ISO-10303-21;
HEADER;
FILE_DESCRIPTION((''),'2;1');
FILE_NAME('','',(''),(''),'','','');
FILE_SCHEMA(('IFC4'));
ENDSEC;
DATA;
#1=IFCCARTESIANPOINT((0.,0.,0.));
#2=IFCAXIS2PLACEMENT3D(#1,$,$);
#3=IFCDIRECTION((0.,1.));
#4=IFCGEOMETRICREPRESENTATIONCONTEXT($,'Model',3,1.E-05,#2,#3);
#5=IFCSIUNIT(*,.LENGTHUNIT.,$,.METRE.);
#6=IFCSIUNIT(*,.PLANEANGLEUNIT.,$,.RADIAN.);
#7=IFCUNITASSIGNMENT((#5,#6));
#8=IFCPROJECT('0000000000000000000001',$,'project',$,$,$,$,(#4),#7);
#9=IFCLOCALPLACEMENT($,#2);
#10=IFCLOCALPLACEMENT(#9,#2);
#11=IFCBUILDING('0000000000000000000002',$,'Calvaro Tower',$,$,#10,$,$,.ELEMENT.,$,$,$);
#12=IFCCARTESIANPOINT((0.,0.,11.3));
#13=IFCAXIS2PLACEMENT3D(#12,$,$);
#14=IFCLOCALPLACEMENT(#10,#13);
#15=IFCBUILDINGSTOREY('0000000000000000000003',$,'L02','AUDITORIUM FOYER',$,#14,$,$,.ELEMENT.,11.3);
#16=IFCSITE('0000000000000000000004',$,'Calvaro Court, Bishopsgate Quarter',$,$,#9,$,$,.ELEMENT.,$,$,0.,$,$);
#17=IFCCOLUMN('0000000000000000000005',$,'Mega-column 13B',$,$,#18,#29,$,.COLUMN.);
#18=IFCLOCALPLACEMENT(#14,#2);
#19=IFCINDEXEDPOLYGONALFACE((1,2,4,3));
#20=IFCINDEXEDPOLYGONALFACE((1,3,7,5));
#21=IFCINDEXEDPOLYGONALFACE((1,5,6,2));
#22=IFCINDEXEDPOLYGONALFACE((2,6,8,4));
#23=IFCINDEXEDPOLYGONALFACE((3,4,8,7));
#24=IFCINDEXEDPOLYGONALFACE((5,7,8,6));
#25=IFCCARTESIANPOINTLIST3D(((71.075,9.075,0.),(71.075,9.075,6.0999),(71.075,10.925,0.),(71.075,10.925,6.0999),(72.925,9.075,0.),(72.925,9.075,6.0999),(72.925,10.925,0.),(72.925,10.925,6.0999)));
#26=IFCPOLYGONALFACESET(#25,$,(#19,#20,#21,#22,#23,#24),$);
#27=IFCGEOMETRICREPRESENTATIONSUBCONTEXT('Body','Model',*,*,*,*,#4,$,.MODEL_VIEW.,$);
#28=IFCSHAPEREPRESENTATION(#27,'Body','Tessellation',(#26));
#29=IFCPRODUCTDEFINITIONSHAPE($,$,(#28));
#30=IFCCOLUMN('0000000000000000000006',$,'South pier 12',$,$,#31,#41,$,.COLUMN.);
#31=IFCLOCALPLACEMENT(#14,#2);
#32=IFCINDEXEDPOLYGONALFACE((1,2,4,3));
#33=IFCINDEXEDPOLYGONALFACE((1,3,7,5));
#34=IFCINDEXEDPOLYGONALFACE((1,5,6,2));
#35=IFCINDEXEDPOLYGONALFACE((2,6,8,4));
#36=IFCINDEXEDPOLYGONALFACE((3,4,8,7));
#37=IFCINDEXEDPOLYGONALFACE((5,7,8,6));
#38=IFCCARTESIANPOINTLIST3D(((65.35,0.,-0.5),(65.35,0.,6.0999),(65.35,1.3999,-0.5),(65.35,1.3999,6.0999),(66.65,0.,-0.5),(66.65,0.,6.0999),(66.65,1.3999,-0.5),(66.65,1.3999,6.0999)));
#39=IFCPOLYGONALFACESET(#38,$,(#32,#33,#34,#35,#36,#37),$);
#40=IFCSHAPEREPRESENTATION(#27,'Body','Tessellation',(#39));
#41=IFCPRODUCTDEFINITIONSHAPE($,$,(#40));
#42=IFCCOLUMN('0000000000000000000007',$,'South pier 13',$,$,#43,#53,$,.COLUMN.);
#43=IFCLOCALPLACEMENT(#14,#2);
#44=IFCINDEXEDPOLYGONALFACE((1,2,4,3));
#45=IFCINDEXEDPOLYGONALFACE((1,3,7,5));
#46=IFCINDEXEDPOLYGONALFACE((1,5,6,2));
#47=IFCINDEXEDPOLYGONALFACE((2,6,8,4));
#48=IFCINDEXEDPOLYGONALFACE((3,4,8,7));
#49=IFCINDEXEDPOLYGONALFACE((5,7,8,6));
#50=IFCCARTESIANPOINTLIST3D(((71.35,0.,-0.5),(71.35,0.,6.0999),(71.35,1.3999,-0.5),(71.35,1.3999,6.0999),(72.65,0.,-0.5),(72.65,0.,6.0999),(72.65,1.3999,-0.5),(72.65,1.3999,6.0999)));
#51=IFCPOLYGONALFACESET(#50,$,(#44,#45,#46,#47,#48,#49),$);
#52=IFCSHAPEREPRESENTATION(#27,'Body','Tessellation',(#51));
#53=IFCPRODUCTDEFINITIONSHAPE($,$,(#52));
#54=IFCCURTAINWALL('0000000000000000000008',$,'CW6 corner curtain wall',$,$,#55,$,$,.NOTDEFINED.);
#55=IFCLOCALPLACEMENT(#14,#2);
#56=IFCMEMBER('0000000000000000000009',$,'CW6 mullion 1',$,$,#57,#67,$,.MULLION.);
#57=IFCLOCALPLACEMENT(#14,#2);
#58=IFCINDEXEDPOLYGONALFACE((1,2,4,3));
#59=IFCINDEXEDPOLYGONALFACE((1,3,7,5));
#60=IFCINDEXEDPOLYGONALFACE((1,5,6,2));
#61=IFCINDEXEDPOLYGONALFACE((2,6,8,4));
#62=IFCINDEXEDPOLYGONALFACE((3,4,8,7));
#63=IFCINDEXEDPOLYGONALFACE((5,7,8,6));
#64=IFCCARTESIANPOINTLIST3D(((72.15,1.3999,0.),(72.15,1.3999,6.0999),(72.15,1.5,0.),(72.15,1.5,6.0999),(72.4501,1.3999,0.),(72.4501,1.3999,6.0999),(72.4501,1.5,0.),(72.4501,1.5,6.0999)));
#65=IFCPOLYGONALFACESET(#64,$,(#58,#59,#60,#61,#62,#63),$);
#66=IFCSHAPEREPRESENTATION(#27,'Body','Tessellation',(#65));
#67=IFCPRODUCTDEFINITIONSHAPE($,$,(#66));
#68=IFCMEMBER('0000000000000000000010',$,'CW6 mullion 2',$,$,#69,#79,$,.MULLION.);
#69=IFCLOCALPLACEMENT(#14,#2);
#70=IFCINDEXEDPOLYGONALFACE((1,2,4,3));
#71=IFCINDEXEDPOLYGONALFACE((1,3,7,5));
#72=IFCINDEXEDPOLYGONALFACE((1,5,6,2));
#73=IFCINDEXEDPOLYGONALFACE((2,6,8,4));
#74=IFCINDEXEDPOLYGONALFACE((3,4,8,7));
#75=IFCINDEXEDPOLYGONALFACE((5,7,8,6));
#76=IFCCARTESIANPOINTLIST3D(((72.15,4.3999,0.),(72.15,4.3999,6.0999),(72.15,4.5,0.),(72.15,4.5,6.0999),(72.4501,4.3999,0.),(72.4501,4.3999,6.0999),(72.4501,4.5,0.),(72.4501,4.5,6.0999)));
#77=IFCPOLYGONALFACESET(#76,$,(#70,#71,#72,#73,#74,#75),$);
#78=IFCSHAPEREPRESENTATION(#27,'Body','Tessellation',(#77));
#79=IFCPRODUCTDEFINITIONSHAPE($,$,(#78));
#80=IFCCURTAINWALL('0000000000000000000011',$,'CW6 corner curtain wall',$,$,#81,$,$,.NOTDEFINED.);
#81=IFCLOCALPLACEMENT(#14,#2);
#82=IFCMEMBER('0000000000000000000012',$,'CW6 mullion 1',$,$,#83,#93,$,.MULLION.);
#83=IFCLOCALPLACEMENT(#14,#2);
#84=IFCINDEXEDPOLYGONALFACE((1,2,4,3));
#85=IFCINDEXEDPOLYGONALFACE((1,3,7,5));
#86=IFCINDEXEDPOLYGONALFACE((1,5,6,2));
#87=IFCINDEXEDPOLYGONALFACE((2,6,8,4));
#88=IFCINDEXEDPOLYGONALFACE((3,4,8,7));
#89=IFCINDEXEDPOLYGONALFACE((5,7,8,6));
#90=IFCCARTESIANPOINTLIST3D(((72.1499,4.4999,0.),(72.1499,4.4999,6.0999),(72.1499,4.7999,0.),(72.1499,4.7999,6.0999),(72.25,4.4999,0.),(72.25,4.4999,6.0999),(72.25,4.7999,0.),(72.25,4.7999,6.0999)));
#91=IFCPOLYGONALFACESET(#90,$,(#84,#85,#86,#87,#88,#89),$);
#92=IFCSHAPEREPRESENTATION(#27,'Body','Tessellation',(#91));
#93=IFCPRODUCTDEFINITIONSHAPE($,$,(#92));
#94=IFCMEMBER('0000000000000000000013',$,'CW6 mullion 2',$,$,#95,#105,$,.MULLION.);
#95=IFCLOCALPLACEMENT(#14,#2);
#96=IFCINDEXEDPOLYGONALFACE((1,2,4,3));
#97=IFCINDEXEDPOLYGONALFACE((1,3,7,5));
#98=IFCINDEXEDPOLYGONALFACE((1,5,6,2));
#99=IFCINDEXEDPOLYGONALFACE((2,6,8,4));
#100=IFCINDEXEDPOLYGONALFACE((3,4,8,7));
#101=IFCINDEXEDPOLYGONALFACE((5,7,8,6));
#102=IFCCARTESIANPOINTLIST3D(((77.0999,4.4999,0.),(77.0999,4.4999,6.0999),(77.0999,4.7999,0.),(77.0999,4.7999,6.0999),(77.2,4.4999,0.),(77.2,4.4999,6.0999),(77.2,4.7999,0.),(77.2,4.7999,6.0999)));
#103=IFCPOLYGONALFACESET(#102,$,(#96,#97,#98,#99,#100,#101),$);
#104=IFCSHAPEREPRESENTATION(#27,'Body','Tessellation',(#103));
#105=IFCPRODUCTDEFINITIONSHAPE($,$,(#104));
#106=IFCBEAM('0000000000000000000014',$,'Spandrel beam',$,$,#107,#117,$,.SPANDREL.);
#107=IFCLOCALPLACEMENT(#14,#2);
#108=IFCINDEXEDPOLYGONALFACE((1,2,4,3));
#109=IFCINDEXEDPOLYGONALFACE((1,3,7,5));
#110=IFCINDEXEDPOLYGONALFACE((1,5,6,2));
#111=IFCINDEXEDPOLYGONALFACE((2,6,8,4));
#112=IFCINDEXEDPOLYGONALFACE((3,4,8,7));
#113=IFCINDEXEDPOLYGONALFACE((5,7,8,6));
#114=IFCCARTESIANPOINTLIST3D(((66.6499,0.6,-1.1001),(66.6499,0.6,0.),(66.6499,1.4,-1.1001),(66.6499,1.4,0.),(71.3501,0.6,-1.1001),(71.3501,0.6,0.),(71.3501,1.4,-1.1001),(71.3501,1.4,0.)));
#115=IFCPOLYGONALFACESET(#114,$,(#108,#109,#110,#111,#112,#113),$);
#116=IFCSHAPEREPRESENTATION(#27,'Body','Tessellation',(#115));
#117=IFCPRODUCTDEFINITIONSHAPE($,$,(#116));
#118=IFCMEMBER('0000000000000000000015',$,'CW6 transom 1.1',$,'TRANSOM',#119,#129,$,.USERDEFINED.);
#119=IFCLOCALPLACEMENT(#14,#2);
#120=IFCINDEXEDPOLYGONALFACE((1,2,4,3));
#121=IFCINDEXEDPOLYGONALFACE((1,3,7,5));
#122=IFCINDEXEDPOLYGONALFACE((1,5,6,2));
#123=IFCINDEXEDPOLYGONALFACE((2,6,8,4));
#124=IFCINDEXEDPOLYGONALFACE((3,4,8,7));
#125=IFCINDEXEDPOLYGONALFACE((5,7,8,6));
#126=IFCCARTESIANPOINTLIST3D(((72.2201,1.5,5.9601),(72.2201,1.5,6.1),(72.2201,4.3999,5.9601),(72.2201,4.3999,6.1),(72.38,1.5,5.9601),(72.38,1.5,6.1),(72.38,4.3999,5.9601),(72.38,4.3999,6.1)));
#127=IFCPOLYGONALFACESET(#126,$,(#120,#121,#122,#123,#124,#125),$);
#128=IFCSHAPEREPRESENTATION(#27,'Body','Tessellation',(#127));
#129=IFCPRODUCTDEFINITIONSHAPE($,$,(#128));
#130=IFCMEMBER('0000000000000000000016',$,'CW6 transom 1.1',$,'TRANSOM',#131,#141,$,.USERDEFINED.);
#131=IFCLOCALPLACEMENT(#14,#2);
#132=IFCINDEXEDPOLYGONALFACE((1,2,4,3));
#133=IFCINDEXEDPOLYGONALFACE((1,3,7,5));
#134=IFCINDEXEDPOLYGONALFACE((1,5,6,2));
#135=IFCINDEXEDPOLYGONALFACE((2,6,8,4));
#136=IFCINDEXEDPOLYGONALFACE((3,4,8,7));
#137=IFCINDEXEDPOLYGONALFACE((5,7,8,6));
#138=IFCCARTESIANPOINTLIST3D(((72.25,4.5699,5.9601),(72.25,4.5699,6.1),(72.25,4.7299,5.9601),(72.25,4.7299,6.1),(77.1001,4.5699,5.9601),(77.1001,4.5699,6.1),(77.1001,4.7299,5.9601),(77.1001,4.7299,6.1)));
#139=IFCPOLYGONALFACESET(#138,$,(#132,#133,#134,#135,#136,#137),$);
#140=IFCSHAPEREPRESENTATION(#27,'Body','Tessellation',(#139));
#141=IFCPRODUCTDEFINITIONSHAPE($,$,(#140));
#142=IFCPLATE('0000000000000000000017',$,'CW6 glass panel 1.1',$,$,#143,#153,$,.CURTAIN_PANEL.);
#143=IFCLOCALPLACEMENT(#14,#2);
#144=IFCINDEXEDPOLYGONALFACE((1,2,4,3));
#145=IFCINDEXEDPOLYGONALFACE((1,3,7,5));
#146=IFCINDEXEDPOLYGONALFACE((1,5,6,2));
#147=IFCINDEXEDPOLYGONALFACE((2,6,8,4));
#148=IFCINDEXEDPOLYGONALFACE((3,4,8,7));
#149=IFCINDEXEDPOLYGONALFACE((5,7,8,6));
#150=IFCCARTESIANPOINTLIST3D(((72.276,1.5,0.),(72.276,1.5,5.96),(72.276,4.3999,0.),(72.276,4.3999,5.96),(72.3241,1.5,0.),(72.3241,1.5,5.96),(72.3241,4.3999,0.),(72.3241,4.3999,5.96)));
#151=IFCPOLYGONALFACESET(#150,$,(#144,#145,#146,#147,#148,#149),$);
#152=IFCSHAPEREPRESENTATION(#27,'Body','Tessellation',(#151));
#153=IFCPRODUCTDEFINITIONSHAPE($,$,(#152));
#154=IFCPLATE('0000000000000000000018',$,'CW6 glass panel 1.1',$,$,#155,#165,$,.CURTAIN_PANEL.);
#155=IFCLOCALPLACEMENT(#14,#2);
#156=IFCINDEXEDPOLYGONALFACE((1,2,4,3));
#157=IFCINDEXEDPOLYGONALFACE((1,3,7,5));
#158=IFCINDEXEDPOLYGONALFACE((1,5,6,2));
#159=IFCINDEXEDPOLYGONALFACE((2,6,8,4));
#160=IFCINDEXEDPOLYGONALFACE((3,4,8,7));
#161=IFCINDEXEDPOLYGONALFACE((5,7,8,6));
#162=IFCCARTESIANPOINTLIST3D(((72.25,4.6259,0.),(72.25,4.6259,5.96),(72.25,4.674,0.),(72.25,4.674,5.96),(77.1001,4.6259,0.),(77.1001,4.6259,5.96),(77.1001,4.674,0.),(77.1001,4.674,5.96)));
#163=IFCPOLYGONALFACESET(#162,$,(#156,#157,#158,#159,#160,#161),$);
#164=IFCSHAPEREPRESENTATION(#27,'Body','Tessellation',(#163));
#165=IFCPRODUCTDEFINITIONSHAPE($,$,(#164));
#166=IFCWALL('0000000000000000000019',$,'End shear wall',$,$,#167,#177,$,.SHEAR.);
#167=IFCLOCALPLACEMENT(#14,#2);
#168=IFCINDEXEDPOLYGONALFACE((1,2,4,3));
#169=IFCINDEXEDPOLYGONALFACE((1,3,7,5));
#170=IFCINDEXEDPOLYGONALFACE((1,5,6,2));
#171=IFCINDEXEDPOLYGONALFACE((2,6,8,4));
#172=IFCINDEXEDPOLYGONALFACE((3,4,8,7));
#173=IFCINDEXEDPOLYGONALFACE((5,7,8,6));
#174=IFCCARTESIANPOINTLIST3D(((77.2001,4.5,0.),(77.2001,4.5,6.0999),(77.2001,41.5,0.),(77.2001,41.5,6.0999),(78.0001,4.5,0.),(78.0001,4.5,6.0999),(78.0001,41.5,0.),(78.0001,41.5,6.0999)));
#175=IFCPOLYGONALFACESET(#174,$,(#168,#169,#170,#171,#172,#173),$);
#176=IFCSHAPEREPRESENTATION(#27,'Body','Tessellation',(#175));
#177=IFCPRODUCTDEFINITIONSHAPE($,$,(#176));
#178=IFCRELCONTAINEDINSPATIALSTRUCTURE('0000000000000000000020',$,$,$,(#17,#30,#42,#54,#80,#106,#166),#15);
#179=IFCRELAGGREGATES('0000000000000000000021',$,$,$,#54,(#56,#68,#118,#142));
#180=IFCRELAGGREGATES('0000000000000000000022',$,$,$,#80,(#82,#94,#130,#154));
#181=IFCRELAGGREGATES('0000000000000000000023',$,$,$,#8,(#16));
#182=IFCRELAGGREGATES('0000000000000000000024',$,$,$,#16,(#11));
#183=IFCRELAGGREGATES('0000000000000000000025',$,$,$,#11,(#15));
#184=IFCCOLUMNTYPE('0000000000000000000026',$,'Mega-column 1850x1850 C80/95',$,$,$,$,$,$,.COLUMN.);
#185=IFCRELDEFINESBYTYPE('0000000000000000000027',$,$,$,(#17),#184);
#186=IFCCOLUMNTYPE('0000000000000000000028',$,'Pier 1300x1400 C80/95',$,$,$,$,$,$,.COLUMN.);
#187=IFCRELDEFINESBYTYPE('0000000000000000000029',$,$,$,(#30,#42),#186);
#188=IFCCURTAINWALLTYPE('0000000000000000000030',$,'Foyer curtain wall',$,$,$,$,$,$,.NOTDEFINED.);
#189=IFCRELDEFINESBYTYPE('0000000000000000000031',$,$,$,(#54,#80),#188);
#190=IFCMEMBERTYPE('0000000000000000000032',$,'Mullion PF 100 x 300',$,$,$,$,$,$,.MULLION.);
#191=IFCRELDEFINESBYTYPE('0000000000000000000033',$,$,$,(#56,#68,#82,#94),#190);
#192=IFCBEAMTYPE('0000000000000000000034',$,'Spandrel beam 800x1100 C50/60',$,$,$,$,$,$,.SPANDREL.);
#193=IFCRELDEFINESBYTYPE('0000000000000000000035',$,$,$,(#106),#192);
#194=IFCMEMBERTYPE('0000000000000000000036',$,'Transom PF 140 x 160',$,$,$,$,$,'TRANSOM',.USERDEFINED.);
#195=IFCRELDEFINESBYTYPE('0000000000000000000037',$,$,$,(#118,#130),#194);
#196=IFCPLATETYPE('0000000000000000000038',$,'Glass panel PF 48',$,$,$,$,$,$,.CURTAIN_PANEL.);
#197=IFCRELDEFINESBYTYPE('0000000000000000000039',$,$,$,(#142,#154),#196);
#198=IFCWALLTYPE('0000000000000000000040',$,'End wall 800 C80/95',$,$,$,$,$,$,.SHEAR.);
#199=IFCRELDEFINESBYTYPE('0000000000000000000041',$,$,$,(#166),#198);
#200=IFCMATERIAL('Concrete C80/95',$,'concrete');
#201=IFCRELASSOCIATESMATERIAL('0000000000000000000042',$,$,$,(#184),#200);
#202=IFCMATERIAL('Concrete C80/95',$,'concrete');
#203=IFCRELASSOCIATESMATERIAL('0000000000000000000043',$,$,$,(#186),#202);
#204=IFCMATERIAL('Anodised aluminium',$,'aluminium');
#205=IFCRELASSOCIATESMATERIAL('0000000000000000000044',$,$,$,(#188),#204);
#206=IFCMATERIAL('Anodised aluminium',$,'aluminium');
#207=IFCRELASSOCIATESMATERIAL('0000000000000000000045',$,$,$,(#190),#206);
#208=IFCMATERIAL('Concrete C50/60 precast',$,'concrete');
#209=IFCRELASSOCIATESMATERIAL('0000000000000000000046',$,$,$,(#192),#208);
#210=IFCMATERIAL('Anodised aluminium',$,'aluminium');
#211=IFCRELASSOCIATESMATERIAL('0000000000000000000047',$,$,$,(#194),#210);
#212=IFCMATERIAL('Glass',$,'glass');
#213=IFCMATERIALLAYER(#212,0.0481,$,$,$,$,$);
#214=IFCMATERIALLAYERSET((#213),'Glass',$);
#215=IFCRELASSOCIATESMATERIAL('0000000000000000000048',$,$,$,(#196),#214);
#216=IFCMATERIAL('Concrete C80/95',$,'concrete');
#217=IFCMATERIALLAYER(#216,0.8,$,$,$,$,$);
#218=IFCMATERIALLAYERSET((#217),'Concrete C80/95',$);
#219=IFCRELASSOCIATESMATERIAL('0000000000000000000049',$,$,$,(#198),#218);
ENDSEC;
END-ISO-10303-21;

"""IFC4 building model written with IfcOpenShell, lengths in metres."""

from ifc_helpers import new_model, si_unit, direction, frame, frame_2d, origin, origin_2d, place, context, subcontext, project, spatial, rectangle, extrude, material, layer, layer_set, material_profile, profile_set, type_object, element, aggregate, save


model = new_model("IFC4")

# Units and contexts
model_context = context("Model", 3, precision=1e-05, world=origin(), true_north=direction((0.0, 1.0)))
body_context = subcontext(model_context, "Body", "Model", "MODEL_VIEW")
ifc_project = project(units=[si_unit("LENGTHUNIT", "METRE"), si_unit("PLANEANGLEUNIT", "RADIAN")], contexts=[model_context])

# Site, building, storey
site_placement = place(None, origin())
site = spatial("IfcSite", under=ifc_project, at=site_placement, Name="Calvaro Court, Bishopsgate Quarter", CompositionType="ELEMENT", RefElevation=0.0)
building_placement = place(site_placement, origin())
building = spatial("IfcBuilding", under=site, at=building_placement, Name="Calvaro Tower", CompositionType="ELEMENT")
storey_placement = place(building_placement, frame((0.0, 0.0, 11.3)))
storey = spatial("IfcBuildingStorey", under=building, at=storey_placement, Name="L02", Description="AUDITORIUM FOYER", CompositionType="ELEMENT", Elevation=11.3)

# Columns
ifc_material_1 = material(Name="Concrete C80/95", Category="concrete")
ifc_material_profile_1 = material_profile(ifc_material_1, rectangle(XDim=1.8501, YDim=1.8501, at=origin_2d()), Name="RC 1850x1850")
ifc_profile_set_1 = profile_set([ifc_material_profile_1], Name="Concrete C80/95")
column_type_1 = type_object("IfcColumnType", Name="Mega-column 1850x1850 C80/95", PredefinedType="COLUMN", material=ifc_profile_set_1)
column_placement = place(storey_placement, frame((72.0, 10.0, 0.0), z_axis=(0.0, 0.0, 1.0), x_axis=(1.0, 0.0, 0.0)))
element("IfcColumn", 1, at=column_placement, inside=storey, type_object=column_type_1, Name="Mega-column 13B", PredefinedType="COLUMN", context=body_context, shape_type="SweptSolid", body=[
    extrude(rectangle(XDim=1.8501, YDim=1.8501, at=origin_2d()), origin(), (0.0, 0.0, 1.0), 6.0999),
])
ifc_material_2 = material(Name="Concrete C80/95", Category="concrete")
ifc_material_profile_2 = material_profile(ifc_material_2, rectangle(XDim=1.3, YDim=1.3999, at=origin_2d()), Name="RC 1300x1400")
ifc_profile_set_2 = profile_set([ifc_material_profile_2], Name="Concrete C80/95")
column_type_2 = type_object("IfcColumnType", Name="Pier 1300x1400 C80/95", PredefinedType="COLUMN", material=ifc_profile_set_2)
for number, where, z_axis, x_axis, name in (
    (2, (66.0, 0.7, -0.5), (0.0, 0.0, 1.0), (1.0, 0.0, 0.0), "South pier 12"),
    (3, (72.0, 0.7, -0.5), (0.0, 0.0, 1.0), (1.0, 0.0, 0.0), "South pier 13"),
):
    element("IfcColumn", number, at=place(storey_placement, frame(where, z_axis=z_axis, x_axis=x_axis)), inside=storey, type_object=column_type_2, Name=name, PredefinedType="COLUMN", context=body_context, shape_type="SweptSolid", body=[
        extrude(rectangle(XDim=1.3, YDim=1.3999, at=origin_2d()), origin(), (0.0, 0.0, 1.0), 6.5999),
    ])

# Curtain walls, members
ifc_material_3 = material(Name="Anodised aluminium", Category="aluminium")
curtain_wall_type = type_object("IfcCurtainWallType", Name="Foyer curtain wall", PredefinedType="NOTDEFINED", material=ifc_material_3)
curtain_wall_1_placement = place(storey_placement, origin())
curtain_wall_1 = element("IfcCurtainWall", 4, at=curtain_wall_1_placement, inside=storey, type_object=curtain_wall_type, Name="CW6 corner curtain wall", PredefinedType="NOTDEFINED")
ifc_material_4 = material(Name="Anodised aluminium", Category="aluminium")
ifc_material_profile_3 = material_profile(ifc_material_4, rectangle(XDim=0.3, YDim=0.1001, at=origin_2d()), Name="Mullion PF 100 x 300")
ifc_profile_set_3 = profile_set([ifc_material_profile_3], Name="Anodised aluminium")
member_type_1 = type_object("IfcMemberType", Name="Mullion PF 100 x 300", PredefinedType="MULLION", material=ifc_profile_set_3)
member_1_placement = place(storey_placement, frame((72.3, 1.45, 0.0), z_axis=(0.0, 0.0, 1.0), x_axis=(-1.0, 0.0, 0.0)))
member_1 = element("IfcMember", 5, at=member_1_placement, type_object=member_type_1, Name="CW6 mullion 1", PredefinedType="MULLION", context=body_context, shape_type="SweptSolid", body=[
    extrude(rectangle(XDim=0.3, YDim=0.1001, at=origin_2d()), origin(), (0.0, 0.0, 1.0), 6.0999),
])
member_2_placement = place(storey_placement, frame((72.3, 4.45, 0.0), z_axis=(0.0, 0.0, 1.0), x_axis=(-1.0, 0.0, 0.0)))
member_2 = element("IfcMember", 6, at=member_2_placement, type_object=member_type_1, Name="CW6 mullion 2", PredefinedType="MULLION", context=body_context, shape_type="SweptSolid", body=[
    extrude(rectangle(XDim=0.3, YDim=0.1001, at=origin_2d()), origin(), (0.0, 0.0, 1.0), 6.0999),
])
curtain_wall_2_placement = place(storey_placement, origin())
curtain_wall_2 = element("IfcCurtainWall", 7, at=curtain_wall_2_placement, inside=storey, type_object=curtain_wall_type, Name="CW6 corner curtain wall", PredefinedType="NOTDEFINED")
member_3_placement = place(storey_placement, frame((72.2, 4.6499, 0.0), z_axis=(0.0, 0.0, 1.0), x_axis=(0.0, 1.0, 0.0)))
member_3 = element("IfcMember", 8, at=member_3_placement, type_object=member_type_1, Name="CW6 mullion 1", PredefinedType="MULLION", context=body_context, shape_type="SweptSolid", body=[
    extrude(rectangle(XDim=0.3, YDim=0.1001, at=origin_2d()), origin(), (0.0, 0.0, 1.0), 6.0999),
])
member_4_placement = place(storey_placement, frame((77.1499, 4.6499, 0.0), z_axis=(0.0, 0.0, 1.0), x_axis=(0.0, 1.0, 0.0)))
member_4 = element("IfcMember", 9, at=member_4_placement, type_object=member_type_1, Name="CW6 mullion 2", PredefinedType="MULLION", context=body_context, shape_type="SweptSolid", body=[
    extrude(rectangle(XDim=0.3, YDim=0.1001, at=origin_2d()), origin(), (0.0, 0.0, 1.0), 6.0999),
])

# Beam
ifc_material_5 = material(Name="Concrete C50/60 precast", Category="concrete")
ifc_material_profile_4 = material_profile(ifc_material_5, rectangle(XDim=0.8, YDim=1.1001, at=origin_2d()), Name="RC 800x1100")
ifc_profile_set_4 = profile_set([ifc_material_profile_4], Name="Concrete C50/60 precast")
beam_type = type_object("IfcBeamType", Name="Spandrel beam 800x1100 C50/60", PredefinedType="SPANDREL", material=ifc_profile_set_4)
beam_placement = place(storey_placement, frame((66.6499, 1.0, -0.55), z_axis=(1.0, 0.0, 0.0), x_axis=(0.0, 1.0, 0.0)))
element("IfcBeam", 10, at=beam_placement, inside=storey, type_object=beam_type, Name="Spandrel beam", PredefinedType="SPANDREL", context=body_context, shape_type="SweptSolid", body=[
    extrude(rectangle(XDim=0.8, YDim=1.1001, at=origin_2d()), origin(), (0.0, 0.0, 1.0), 4.7002),
])

# Members
ifc_material_6 = material(Name="Anodised aluminium", Category="aluminium")
ifc_material_profile_5 = material_profile(ifc_material_6, rectangle(XDim=0.1599, YDim=0.1399, at=origin_2d()), Name="Transom PF 140 x 160")
ifc_profile_set_5 = profile_set([ifc_material_profile_5], Name="Anodised aluminium")
member_type_2 = type_object("IfcMemberType", Name="Transom PF 140 x 160", ElementType="TRANSOM", PredefinedType="USERDEFINED", material=ifc_profile_set_5)
member_5_placement = place(storey_placement, frame((72.3, 1.5, 6.03), z_axis=(0.0, 1.0, 0.0), x_axis=(-1.0, 0.0, 0.0)))
member_5 = element("IfcMember", 11, at=member_5_placement, type_object=member_type_2, Name="CW6 transom 1.1", ObjectType="TRANSOM", PredefinedType="USERDEFINED", context=body_context, shape_type="SweptSolid", body=[
    extrude(rectangle(XDim=0.1599, YDim=0.1399, at=origin_2d()), origin(), (0.0, 0.0, 1.0), 2.8999),
])
member_6_placement = place(storey_placement, frame((72.25, 4.6499, 6.03), z_axis=(1.0, 0.0, 0.0), x_axis=(0.0, 1.0, 0.0)))
member_6 = element("IfcMember", 12, at=member_6_placement, type_object=member_type_2, Name="CW6 transom 1.1", ObjectType="TRANSOM", PredefinedType="USERDEFINED", context=body_context, shape_type="SweptSolid", body=[
    extrude(rectangle(XDim=0.1599, YDim=0.1399, at=origin_2d()), origin(), (0.0, 0.0, 1.0), 4.8501),
])

# Plates
ifc_material_7 = material(Name="Glass", Category="glass")
ifc_layer_1 = layer(ifc_material_7, 0.0481)
ifc_layer_set_1 = layer_set([ifc_layer_1], Name="Glass")
plate_type = type_object("IfcPlateType", Name="Glass panel PF 48", PredefinedType="CURTAIN_PANEL", material=ifc_layer_set_1)
plate_1_placement = place(storey_placement, frame((72.3, 2.95, 0.0), z_axis=(0.0, 0.0, 1.0), x_axis=(0.0, 1.0, 0.0)))
plate_1 = element("IfcPlate", 13, at=plate_1_placement, type_object=plate_type, Name="CW6 glass panel 1.1", PredefinedType="CURTAIN_PANEL", context=body_context, shape_type="SweptSolid", body=[
    extrude(rectangle(XDim=2.8999, YDim=0.0481, at=origin_2d()), origin(), (0.0, 0.0, 1.0), 5.96),
])
aggregate(curtain_wall_1, [member_1, member_2, member_5, plate_1])
plate_2_placement = place(storey_placement, frame((74.675, 4.6499, 0.0), z_axis=(0.0, 0.0, 1.0), x_axis=(1.0, 0.0, 0.0)))
plate_2 = element("IfcPlate", 14, at=plate_2_placement, type_object=plate_type, Name="CW6 glass panel 1.1", PredefinedType="CURTAIN_PANEL", context=body_context, shape_type="SweptSolid", body=[
    extrude(rectangle(XDim=4.8501, YDim=0.0481, at=origin_2d()), origin(), (0.0, 0.0, 1.0), 5.96),
])
aggregate(curtain_wall_2, [member_3, member_4, member_6, plate_2])

# Wall
ifc_material_8 = material(Name="Concrete C80/95", Category="concrete")
ifc_layer_2 = layer(ifc_material_8, 0.8)
ifc_layer_set_2 = layer_set([ifc_layer_2], Name="Concrete C80/95")
wall_type_1 = type_object("IfcWallType", Name="End wall 800 C80/95", PredefinedType="SHEAR", material=ifc_layer_set_2)
wall_1_placement = place(storey_placement, frame((77.6001, 4.5, 0.0), z_axis=(0.0, 0.0, 1.0), x_axis=(0.0, 1.0, 0.0)))
element("IfcWall", 15, at=wall_1_placement, inside=storey, type_object=wall_type_1, Name="End shear wall", PredefinedType="SHEAR", context=body_context, shape_type="SweptSolid", body=[
    extrude(rectangle(XDim=37.0, YDim=0.8, at=frame_2d((18.5, 0.0))), origin(), (0.0, 0.0, 1.0), 6.0999),
])

save(model, "model.ifc")
